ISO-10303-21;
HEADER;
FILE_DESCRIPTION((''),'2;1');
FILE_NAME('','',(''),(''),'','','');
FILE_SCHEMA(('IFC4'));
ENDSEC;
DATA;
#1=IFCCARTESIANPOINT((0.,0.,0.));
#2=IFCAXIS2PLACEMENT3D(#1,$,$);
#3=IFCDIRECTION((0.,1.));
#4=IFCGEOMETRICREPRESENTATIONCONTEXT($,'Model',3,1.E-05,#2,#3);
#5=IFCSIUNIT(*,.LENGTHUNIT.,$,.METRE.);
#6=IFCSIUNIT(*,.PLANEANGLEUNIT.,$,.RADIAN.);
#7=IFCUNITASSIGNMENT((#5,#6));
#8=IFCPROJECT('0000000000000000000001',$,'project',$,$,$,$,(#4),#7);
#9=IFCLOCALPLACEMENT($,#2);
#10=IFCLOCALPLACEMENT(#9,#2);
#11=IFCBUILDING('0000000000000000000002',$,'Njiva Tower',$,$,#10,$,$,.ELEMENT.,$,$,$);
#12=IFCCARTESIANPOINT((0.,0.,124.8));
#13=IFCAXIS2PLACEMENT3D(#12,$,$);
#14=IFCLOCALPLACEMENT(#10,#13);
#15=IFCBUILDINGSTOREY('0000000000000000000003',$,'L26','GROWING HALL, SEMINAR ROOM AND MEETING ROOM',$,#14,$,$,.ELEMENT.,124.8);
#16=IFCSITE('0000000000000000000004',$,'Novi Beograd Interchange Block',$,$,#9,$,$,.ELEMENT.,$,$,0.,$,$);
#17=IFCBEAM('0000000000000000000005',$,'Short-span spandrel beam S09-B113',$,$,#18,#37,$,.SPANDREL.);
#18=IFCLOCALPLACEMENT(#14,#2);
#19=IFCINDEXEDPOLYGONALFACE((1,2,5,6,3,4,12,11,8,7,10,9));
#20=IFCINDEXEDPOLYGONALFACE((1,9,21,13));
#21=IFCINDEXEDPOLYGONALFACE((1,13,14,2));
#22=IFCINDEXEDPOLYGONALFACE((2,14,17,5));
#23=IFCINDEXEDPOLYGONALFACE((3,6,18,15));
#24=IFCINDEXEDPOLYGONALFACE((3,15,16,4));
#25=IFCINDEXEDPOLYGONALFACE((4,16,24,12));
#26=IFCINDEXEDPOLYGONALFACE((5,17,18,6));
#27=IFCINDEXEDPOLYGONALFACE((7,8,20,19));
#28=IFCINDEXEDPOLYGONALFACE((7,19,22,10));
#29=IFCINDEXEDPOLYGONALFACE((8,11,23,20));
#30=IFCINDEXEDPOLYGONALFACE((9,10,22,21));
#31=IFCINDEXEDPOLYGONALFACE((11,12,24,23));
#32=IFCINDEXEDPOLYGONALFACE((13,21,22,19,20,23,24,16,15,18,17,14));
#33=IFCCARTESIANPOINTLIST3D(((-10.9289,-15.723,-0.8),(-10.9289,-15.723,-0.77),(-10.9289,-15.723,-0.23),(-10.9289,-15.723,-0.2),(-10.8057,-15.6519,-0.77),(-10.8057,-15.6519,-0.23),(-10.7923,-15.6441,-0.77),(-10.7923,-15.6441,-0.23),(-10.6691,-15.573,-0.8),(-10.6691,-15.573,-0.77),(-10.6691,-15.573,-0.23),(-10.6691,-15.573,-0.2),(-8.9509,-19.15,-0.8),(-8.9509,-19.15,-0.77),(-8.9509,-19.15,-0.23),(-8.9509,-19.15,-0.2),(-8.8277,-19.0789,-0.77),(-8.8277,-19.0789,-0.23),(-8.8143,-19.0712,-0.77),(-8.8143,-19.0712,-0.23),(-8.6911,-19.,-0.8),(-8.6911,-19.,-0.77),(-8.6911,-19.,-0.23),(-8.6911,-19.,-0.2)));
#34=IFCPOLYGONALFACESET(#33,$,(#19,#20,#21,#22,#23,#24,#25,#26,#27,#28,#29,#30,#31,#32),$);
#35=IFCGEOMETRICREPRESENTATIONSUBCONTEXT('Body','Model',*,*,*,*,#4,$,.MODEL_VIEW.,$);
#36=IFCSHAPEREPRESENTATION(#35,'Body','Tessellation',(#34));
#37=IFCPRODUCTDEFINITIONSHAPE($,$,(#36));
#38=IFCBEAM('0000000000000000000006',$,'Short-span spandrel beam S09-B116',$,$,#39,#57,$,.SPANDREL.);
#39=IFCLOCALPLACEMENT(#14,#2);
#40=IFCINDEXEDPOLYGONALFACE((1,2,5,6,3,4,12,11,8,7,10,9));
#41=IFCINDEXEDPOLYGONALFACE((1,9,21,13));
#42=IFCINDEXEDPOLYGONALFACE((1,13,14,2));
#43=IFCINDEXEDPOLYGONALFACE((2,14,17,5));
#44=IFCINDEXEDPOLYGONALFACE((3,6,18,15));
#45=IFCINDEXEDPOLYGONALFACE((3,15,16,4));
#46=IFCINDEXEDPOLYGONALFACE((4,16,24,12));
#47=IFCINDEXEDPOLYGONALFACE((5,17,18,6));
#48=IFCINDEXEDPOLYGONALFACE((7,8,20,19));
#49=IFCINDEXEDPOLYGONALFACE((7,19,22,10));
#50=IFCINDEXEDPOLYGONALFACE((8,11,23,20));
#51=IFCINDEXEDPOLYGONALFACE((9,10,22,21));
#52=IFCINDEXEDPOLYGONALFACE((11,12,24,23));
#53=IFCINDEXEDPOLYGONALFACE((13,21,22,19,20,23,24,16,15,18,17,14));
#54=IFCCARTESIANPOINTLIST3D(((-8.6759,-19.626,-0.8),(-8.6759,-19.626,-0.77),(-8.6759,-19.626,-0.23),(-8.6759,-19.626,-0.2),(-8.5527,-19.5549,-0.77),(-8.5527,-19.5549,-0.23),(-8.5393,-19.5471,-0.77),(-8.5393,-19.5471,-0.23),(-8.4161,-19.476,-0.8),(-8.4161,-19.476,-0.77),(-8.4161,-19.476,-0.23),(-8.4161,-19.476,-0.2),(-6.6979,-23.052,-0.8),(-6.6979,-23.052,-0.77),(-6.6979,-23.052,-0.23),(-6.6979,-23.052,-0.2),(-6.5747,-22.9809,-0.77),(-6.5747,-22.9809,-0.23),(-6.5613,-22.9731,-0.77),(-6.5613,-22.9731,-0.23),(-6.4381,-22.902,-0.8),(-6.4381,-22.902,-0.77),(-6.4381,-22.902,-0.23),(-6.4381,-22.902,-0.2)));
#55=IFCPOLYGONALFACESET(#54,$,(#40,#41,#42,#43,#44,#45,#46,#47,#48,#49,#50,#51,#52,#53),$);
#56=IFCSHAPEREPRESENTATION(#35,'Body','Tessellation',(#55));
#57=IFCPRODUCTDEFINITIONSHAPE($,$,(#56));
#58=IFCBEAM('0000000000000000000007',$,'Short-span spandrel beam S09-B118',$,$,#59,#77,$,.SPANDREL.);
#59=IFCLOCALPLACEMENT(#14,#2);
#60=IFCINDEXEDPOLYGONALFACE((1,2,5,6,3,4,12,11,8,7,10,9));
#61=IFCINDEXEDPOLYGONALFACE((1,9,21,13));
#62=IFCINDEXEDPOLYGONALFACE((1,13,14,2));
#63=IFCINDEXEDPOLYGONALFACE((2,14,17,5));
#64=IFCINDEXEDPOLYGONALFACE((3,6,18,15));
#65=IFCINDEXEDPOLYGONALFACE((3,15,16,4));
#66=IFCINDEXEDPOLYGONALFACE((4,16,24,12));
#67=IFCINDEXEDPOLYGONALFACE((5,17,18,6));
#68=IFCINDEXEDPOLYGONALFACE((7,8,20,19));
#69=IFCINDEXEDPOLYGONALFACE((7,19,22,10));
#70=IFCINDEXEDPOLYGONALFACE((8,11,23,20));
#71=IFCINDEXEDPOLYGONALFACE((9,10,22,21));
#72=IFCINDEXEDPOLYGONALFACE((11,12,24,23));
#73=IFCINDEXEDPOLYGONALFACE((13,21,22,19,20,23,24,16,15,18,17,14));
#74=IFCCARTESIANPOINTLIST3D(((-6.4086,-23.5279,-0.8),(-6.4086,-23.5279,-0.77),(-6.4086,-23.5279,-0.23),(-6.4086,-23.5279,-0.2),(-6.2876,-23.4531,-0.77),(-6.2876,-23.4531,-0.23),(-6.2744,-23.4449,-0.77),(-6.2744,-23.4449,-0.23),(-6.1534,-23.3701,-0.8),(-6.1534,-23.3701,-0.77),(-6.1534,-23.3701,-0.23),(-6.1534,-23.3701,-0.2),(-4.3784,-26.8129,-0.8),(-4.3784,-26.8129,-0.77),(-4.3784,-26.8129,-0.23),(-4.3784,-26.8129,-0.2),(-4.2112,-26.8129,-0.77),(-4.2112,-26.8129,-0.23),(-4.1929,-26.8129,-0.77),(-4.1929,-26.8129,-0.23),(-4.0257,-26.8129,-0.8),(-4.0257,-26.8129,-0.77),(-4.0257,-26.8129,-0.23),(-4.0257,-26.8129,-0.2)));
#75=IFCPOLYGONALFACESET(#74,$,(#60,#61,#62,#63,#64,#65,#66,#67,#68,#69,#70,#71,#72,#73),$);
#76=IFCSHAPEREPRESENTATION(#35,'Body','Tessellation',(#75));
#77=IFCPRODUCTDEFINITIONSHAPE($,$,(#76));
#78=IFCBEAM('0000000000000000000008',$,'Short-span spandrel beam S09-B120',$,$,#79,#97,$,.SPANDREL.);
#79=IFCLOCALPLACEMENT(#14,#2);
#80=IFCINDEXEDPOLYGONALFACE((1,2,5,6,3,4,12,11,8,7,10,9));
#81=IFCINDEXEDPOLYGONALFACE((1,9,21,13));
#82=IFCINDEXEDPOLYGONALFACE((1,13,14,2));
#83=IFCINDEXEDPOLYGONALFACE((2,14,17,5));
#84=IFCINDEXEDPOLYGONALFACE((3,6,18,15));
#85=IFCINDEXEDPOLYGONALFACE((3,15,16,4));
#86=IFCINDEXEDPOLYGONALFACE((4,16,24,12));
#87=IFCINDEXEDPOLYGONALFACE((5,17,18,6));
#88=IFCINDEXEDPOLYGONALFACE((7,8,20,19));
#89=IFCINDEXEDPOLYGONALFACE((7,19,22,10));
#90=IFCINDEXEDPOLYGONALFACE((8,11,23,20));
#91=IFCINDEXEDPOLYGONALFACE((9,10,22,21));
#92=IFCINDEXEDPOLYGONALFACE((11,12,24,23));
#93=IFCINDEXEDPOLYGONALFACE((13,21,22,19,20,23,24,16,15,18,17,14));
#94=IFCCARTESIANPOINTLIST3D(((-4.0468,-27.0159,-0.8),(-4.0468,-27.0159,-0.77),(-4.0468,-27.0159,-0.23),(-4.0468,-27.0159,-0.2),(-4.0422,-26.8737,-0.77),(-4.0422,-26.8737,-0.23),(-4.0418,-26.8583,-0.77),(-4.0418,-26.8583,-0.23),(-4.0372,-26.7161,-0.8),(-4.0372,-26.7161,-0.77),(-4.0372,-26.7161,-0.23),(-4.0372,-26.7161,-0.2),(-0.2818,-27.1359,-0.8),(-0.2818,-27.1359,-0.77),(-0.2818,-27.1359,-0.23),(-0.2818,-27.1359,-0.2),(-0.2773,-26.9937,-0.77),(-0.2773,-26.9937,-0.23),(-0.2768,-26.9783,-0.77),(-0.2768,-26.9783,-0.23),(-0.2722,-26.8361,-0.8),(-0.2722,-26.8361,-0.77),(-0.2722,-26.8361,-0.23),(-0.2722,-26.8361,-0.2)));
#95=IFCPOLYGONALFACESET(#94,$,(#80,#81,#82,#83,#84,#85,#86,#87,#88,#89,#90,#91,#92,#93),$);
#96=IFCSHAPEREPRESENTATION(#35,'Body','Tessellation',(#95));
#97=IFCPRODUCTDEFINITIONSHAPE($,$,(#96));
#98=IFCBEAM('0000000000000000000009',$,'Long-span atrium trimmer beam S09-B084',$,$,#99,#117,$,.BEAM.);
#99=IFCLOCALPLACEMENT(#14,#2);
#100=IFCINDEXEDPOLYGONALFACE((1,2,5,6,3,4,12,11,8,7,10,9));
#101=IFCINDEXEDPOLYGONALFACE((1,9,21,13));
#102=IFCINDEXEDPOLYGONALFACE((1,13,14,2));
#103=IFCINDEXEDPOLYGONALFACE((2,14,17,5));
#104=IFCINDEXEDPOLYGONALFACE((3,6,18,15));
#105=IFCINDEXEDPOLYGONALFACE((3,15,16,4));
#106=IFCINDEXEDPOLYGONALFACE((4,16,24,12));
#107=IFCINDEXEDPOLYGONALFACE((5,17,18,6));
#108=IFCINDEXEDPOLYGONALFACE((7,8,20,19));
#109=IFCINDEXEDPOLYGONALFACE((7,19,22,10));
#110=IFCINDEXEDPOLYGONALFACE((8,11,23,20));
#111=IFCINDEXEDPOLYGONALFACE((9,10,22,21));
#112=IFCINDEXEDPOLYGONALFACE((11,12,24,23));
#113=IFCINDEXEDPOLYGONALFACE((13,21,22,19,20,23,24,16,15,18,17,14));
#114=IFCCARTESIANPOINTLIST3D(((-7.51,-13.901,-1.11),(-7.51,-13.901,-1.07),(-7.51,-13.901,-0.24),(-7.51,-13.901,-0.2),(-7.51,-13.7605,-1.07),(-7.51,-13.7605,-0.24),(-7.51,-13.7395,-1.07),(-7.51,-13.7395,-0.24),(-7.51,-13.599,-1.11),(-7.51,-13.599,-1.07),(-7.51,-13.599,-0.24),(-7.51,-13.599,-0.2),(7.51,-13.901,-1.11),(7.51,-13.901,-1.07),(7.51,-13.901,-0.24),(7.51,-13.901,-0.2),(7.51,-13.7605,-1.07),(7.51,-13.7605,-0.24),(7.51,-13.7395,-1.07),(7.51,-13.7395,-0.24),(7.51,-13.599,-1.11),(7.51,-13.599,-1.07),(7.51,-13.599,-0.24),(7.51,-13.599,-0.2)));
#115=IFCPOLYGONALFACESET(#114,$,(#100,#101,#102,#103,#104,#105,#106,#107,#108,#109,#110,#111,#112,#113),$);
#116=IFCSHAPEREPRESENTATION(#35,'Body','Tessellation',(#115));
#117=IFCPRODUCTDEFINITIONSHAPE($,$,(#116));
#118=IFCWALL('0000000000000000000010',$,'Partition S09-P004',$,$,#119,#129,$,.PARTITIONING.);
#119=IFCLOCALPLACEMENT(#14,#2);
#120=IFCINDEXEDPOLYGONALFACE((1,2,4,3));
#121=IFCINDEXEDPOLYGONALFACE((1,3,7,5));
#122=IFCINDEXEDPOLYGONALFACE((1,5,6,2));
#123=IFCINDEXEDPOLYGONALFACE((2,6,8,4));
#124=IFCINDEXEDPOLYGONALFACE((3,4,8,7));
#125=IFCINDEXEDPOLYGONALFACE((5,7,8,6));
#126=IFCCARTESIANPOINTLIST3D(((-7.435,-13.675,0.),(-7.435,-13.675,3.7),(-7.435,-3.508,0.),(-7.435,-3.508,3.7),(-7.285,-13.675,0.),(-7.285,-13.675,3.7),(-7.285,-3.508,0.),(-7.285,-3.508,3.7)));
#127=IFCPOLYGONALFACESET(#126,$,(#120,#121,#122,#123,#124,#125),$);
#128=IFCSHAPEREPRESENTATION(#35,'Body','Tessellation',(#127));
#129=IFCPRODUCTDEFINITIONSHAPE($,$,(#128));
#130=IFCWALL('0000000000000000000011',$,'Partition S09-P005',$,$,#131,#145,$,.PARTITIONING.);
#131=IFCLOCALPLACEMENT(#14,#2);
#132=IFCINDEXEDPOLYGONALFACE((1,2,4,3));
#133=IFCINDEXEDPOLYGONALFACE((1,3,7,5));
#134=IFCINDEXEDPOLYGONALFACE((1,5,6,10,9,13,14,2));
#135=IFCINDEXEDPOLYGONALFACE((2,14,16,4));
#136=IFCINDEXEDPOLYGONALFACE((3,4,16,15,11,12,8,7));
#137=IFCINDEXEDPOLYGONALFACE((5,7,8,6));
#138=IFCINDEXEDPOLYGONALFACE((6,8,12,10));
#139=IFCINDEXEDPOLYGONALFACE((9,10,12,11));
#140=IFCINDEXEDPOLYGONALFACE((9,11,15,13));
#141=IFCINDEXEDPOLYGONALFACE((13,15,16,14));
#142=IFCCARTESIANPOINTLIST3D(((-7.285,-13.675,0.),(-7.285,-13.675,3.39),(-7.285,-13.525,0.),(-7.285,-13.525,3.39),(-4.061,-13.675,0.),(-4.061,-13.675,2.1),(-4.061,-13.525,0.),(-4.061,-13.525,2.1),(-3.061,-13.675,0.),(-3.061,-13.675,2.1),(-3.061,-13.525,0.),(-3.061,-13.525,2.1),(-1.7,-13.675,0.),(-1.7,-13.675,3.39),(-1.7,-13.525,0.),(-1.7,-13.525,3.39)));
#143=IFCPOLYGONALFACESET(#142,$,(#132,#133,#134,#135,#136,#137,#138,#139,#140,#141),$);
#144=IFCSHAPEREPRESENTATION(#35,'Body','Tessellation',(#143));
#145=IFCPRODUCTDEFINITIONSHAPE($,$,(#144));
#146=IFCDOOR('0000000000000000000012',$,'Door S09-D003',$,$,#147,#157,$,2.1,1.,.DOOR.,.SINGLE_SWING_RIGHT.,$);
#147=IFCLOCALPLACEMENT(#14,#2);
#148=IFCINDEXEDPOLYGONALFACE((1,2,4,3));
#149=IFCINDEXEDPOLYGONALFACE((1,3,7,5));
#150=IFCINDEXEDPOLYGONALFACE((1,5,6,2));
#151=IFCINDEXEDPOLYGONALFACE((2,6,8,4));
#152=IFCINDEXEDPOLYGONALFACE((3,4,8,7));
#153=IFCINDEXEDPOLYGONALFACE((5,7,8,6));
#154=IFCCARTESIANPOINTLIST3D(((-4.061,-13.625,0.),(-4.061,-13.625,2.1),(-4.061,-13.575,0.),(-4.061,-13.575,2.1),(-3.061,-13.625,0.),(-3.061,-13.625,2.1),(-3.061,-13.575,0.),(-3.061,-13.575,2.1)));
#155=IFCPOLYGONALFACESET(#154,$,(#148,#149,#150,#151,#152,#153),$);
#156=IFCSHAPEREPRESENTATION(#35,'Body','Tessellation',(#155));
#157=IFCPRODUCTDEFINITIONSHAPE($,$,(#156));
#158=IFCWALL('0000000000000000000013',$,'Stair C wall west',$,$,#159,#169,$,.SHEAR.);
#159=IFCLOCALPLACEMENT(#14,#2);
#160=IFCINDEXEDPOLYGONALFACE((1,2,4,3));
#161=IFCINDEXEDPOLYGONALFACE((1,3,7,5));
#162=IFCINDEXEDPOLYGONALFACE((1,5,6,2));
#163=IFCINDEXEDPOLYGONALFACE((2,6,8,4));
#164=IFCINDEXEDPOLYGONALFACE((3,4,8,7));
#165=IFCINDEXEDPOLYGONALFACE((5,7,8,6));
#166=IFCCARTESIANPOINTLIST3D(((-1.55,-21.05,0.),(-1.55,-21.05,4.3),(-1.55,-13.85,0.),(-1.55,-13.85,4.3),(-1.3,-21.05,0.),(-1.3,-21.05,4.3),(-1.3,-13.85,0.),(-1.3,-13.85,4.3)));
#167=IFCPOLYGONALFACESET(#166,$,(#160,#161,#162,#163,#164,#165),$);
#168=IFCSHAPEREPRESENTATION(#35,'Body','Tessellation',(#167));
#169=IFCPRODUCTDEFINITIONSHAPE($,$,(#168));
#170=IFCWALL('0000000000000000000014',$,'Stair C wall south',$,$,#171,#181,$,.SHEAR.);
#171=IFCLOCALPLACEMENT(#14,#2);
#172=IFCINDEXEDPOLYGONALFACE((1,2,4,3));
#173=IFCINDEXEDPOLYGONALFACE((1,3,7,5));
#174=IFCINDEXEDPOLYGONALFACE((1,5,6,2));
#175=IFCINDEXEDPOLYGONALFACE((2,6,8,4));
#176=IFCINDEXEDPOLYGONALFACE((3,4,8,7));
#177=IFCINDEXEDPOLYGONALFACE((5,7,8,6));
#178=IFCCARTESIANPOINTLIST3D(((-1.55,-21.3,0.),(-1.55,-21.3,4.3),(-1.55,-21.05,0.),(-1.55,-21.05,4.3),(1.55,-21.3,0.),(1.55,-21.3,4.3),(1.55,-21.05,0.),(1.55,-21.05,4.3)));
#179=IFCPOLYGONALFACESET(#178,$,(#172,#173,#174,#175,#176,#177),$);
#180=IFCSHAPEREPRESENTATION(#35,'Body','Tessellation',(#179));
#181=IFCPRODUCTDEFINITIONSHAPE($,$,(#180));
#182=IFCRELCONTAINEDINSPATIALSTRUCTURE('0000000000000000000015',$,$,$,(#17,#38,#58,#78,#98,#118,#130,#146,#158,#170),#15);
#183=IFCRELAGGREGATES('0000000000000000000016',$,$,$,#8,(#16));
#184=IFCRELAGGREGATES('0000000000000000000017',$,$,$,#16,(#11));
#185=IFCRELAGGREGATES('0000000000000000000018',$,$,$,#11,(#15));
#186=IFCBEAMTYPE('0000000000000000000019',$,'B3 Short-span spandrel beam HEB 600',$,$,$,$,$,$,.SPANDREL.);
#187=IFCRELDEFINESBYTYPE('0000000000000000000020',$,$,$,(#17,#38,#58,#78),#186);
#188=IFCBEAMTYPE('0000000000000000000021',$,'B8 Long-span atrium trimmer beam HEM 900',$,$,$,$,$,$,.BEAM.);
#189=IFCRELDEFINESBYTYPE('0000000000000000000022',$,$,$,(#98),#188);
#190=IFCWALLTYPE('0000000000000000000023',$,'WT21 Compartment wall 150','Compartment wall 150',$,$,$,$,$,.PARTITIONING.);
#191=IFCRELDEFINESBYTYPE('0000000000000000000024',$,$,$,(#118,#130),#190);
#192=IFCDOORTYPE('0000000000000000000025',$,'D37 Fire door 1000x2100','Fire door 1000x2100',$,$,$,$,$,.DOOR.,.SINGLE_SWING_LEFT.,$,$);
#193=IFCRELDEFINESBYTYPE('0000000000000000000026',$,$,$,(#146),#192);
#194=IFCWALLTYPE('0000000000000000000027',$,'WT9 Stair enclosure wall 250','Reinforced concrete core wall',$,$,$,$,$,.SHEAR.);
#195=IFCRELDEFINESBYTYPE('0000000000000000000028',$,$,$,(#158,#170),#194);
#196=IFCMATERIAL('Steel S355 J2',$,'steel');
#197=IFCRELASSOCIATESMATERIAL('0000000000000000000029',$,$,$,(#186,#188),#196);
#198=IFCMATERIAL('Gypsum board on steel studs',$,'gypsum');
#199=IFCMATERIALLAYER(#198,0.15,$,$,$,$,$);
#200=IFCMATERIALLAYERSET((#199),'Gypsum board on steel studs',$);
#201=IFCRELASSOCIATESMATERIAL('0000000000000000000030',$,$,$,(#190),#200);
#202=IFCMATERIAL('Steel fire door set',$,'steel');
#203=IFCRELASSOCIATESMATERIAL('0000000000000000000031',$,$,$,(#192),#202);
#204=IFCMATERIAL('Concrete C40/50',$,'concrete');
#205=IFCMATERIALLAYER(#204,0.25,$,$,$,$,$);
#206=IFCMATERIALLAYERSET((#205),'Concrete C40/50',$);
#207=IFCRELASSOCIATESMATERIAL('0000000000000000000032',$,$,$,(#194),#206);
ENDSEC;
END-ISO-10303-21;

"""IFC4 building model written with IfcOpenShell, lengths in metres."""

from ifc_helpers import new_model, si_unit, direction, frame, frame_2d, origin, origin_2d, place, context, subcontext, project, spatial, rectangle, i_section, extrude, clip, halfspace, material, layer, layer_set, material_profile, profile_set, type_object, element, fill, save


model = new_model("IFC4")

# Units and contexts
model_context = context("Model", 3, precision=1e-05, world=origin(), true_north=direction((0.0, 1.0)))
body_context = subcontext(model_context, "Body", "Model", "MODEL_VIEW")
ifc_project = project(units=[si_unit("LENGTHUNIT", "METRE"), si_unit("PLANEANGLEUNIT", "RADIAN")], contexts=[model_context])

# Site, building, storey
site_placement = place(None, origin())
site = spatial("IfcSite", under=ifc_project, at=site_placement, Name="Novi Beograd Interchange Block", CompositionType="ELEMENT", RefElevation=0.0)
building_placement = place(site_placement, origin())
building = spatial("IfcBuilding", under=site, at=building_placement, Name="Njiva Tower", CompositionType="ELEMENT")
storey_placement = place(building_placement, frame((0.0, 0.0, 124.8)))
storey = spatial("IfcBuildingStorey", under=building, at=storey_placement, Name="L26", Description="GROWING HALL, SEMINAR ROOM AND MEETING ROOM", CompositionType="ELEMENT", Elevation=124.8)

# Shared definitions
ifc_material_1 = material(Name="Steel S355 J2", Category="steel")

# Beams
ifc_material_profile_1 = material_profile(ifc_material_1, i_section(OverallWidth=0.3, OverallDepth=0.6, WebThickness=0.0155, FlangeThickness=0.03, at=origin_2d()), Name="HEB 600")
ifc_profile_set_1 = profile_set([ifc_material_profile_1], Name="Steel S355 J2")
beam_type_1 = type_object("IfcBeamType", Name="B3 Short-span spandrel beam HEB 600", PredefinedType="SPANDREL", material=ifc_profile_set_1)
beam_1_placement = place(storey_placement, frame((-10.799, -15.648, -0.5), z_axis=(0.49989, -0.866089, 0.0), x_axis=(0.866089, 0.49989, 0.0)))
element("IfcBeam", 1, at=beam_1_placement, inside=storey, type_object=beam_type_1, Name="Short-span spandrel beam S09-B113", PredefinedType="SPANDREL", context=body_context, shape_type="SweptSolid", body=[
    extrude(i_section(OverallWidth=0.3, OverallDepth=0.6, WebThickness=0.0155, FlangeThickness=0.03, at=origin_2d()), origin(), (0.0, 0.0, 1.0), 3.9569),
])
beam_2_placement = place(storey_placement, frame((-8.546, -19.551, -0.5), z_axis=(0.5, -0.866026, 0.0), x_axis=(0.866026, 0.5, 0.0)))
element("IfcBeam", 2, at=beam_2_placement, inside=storey, type_object=beam_type_1, Name="Short-span spandrel beam S09-B116", PredefinedType="SPANDREL", context=body_context, shape_type="SweptSolid", body=[
    extrude(i_section(OverallWidth=0.3, OverallDepth=0.6, WebThickness=0.0155, FlangeThickness=0.03, at=origin_2d()), origin(), (0.0, 0.0, 1.0), 3.956),
])
beam_3_placement = place(storey_placement, frame((-6.281, -23.449, -0.5), z_axis=(0.525719, -0.850658, 0.0), x_axis=(0.850658, 0.525719, 0.0)))
element("IfcBeam", 3, at=beam_3_placement, inside=storey, type_object=beam_type_1, Name="Short-span spandrel beam S09-B118", PredefinedType="SPANDREL", context=body_context, shape_type="Clipping", body=[
    clip(extrude(i_section(OverallWidth=0.3, OverallDepth=0.6, WebThickness=0.0155, FlangeThickness=0.03, at=origin_2d()), origin(), (0.0, 0.0, 1.0), 4.0676), halfspace(frame((-0.0259, 0.0, 3.9385), z_axis=(-0.525719, 0.0, 0.850658), x_axis=(0.0, 1.0, 0.0)), False)),
])
beam_4_placement = place(storey_placement, frame((-4.042, -26.866, -0.5), z_axis=(0.999492, -0.031856, 0.0), x_axis=(0.031856, 0.999492, 0.0)))
element("IfcBeam", 4, at=beam_4_placement, inside=storey, type_object=beam_type_1, Name="Short-span spandrel beam S09-B120", PredefinedType="SPANDREL", context=body_context, shape_type="SweptSolid", body=[
    extrude(i_section(OverallWidth=0.3, OverallDepth=0.6, WebThickness=0.0155, FlangeThickness=0.03, at=origin_2d()), origin(), (0.0, 0.0, 1.0), 3.7669),
])
ifc_material_profile_2 = material_profile(ifc_material_1, i_section(OverallWidth=0.302, OverallDepth=0.91, WebThickness=0.021, FlangeThickness=0.04, at=origin_2d()), Name="HEM 900")
ifc_profile_set_2 = profile_set([ifc_material_profile_2], Name="Steel S355 J2")
beam_type_2 = type_object("IfcBeamType", Name="B8 Long-span atrium trimmer beam HEM 900", PredefinedType="BEAM", material=ifc_profile_set_2)
beam_5_placement = place(storey_placement, frame((-7.51, -13.75, -0.655), z_axis=(1.0, 0.0, 0.0), x_axis=(0.0, 1.0, 0.0)))
element("IfcBeam", 5, at=beam_5_placement, inside=storey, type_object=beam_type_2, Name="Long-span atrium trimmer beam S09-B084", PredefinedType="BEAM", context=body_context, shape_type="SweptSolid", body=[
    extrude(i_section(OverallWidth=0.302, OverallDepth=0.91, WebThickness=0.021, FlangeThickness=0.04, at=origin_2d()), origin(), (0.0, 0.0, 1.0), 15.02),
])

# Wall
ifc_material_2 = material(Name="Gypsum board on steel studs", Category="gypsum")
ifc_layer_1 = layer(ifc_material_2, 0.15)
ifc_layer_set_1 = layer_set([ifc_layer_1], Name="Gypsum board on steel studs")
wall_type_1 = type_object("IfcWallType", Name="WT21 Compartment wall 150", Description="Compartment wall 150", PredefinedType="PARTITIONING", material=ifc_layer_set_1)
wall_1_placement = place(storey_placement, frame((-7.36, -13.675, 0.0), z_axis=(0.0, 0.0, 1.0), x_axis=(0.0, 1.0, 0.0)))
element("IfcWall", 6, at=wall_1_placement, inside=storey, type_object=wall_type_1, Name="Partition S09-P004", PredefinedType="PARTITIONING", context=body_context, shape_type="SweptSolid", body=[
    extrude(rectangle(XDim=10.167, YDim=0.15, at=frame_2d((5.0835, 0.0))), origin(), (0.0, 0.0, 1.0), 3.7),
])

# Wall, opening, door
wall_2_placement = place(storey_placement, frame((-7.285, -13.6, 0.0), z_axis=(0.0, 0.0, 1.0), x_axis=(1.0, 0.0, 0.0)))
wall_2 = element("IfcWall", 7, at=wall_2_placement, inside=storey, type_object=wall_type_1, Name="Partition S09-P005", PredefinedType="PARTITIONING", context=body_context, shape_type="SweptSolid", body=[
    extrude(rectangle(XDim=5.585, YDim=0.15, at=frame_2d((2.7925, 0.0))), origin(), (0.0, 0.0, 1.0), 3.39),
])
opening_1_placement = place(wall_2_placement, frame((3.224, 0.0, 0.0)))
opening_1 = element("IfcOpeningElement", 8, at=opening_1_placement, cuts=wall_2, PredefinedType="OPENING", context=body_context, shape_type="SweptSolid", body=[
    extrude(rectangle(XDim=1.0, YDim=2.1, at=frame_2d((0.5, 1.05))), frame((0.0, 0.085, 0.0), z_axis=(0.0, -1.0, 0.0), x_axis=(1.0, 0.0, 0.0)), (0.0, 0.0, 1.0), 0.17),
])
ifc_material_3 = material(Name="Steel fire door set", Category="steel")
door_type = type_object("IfcDoorType", Name="D37 Fire door 1000x2100", Description="Fire door 1000x2100", OperationType="SINGLE_SWING_LEFT", PredefinedType="DOOR", material=ifc_material_3)
door_placement = place(opening_1_placement, origin())
door = element("IfcDoor", 9, at=door_placement, inside=storey, type_object=door_type, Name="Door S09-D003", OperationType="SINGLE_SWING_RIGHT", OverallHeight=2.1, OverallWidth=1.0, PredefinedType="DOOR", context=body_context, shape_type="SweptSolid", body=[
    extrude(rectangle(XDim=1.0, YDim=2.1, at=frame_2d((0.5, 1.05))), frame((0.0, 0.025, 0.0), z_axis=(0.0, -1.0, 0.0), x_axis=(1.0, 0.0, 0.0)), (0.0, 0.0, 1.0), 0.05),
])
fill(opening_1, door)

# Walls
ifc_material_4 = material(Name="Concrete C40/50", Category="concrete")
ifc_layer_2 = layer(ifc_material_4, 0.25)
ifc_layer_set_2 = layer_set([ifc_layer_2], Name="Concrete C40/50")
wall_type_2 = type_object("IfcWallType", Name="WT9 Stair enclosure wall 250", Description="Reinforced concrete core wall", PredefinedType="SHEAR", material=ifc_layer_set_2)
wall_3_placement = place(storey_placement, frame((-1.425, -21.05, 0.0), z_axis=(0.0, 0.0, 1.0), x_axis=(0.0, 1.0, 0.0)))
element("IfcWall", 10, at=wall_3_placement, inside=storey, type_object=wall_type_2, Name="Stair C wall west", PredefinedType="SHEAR", context=body_context, shape_type="SweptSolid", body=[
    extrude(rectangle(XDim=7.2, YDim=0.25, at=frame_2d((3.6, 0.0))), origin(), (0.0, 0.0, 1.0), 4.3),
])
for number, where, z_axis, x_axis, name in (
    (11, (-1.55, -21.175, 0.0), (0.0, 0.0, 1.0), (1.0, 0.0, 0.0), "Stair C wall south"),
):
    element("IfcWall", number, at=place(storey_placement, frame(where, z_axis=z_axis, x_axis=x_axis)), inside=storey, type_object=wall_type_2, Name=name, PredefinedType="SHEAR", context=body_context, shape_type="SweptSolid", body=[
        extrude(rectangle(XDim=3.1, YDim=0.25, at=frame_2d((1.55, 0.0))), origin(), (0.0, 0.0, 1.0), 4.3),
    ])

save(model, "model.ifc")
